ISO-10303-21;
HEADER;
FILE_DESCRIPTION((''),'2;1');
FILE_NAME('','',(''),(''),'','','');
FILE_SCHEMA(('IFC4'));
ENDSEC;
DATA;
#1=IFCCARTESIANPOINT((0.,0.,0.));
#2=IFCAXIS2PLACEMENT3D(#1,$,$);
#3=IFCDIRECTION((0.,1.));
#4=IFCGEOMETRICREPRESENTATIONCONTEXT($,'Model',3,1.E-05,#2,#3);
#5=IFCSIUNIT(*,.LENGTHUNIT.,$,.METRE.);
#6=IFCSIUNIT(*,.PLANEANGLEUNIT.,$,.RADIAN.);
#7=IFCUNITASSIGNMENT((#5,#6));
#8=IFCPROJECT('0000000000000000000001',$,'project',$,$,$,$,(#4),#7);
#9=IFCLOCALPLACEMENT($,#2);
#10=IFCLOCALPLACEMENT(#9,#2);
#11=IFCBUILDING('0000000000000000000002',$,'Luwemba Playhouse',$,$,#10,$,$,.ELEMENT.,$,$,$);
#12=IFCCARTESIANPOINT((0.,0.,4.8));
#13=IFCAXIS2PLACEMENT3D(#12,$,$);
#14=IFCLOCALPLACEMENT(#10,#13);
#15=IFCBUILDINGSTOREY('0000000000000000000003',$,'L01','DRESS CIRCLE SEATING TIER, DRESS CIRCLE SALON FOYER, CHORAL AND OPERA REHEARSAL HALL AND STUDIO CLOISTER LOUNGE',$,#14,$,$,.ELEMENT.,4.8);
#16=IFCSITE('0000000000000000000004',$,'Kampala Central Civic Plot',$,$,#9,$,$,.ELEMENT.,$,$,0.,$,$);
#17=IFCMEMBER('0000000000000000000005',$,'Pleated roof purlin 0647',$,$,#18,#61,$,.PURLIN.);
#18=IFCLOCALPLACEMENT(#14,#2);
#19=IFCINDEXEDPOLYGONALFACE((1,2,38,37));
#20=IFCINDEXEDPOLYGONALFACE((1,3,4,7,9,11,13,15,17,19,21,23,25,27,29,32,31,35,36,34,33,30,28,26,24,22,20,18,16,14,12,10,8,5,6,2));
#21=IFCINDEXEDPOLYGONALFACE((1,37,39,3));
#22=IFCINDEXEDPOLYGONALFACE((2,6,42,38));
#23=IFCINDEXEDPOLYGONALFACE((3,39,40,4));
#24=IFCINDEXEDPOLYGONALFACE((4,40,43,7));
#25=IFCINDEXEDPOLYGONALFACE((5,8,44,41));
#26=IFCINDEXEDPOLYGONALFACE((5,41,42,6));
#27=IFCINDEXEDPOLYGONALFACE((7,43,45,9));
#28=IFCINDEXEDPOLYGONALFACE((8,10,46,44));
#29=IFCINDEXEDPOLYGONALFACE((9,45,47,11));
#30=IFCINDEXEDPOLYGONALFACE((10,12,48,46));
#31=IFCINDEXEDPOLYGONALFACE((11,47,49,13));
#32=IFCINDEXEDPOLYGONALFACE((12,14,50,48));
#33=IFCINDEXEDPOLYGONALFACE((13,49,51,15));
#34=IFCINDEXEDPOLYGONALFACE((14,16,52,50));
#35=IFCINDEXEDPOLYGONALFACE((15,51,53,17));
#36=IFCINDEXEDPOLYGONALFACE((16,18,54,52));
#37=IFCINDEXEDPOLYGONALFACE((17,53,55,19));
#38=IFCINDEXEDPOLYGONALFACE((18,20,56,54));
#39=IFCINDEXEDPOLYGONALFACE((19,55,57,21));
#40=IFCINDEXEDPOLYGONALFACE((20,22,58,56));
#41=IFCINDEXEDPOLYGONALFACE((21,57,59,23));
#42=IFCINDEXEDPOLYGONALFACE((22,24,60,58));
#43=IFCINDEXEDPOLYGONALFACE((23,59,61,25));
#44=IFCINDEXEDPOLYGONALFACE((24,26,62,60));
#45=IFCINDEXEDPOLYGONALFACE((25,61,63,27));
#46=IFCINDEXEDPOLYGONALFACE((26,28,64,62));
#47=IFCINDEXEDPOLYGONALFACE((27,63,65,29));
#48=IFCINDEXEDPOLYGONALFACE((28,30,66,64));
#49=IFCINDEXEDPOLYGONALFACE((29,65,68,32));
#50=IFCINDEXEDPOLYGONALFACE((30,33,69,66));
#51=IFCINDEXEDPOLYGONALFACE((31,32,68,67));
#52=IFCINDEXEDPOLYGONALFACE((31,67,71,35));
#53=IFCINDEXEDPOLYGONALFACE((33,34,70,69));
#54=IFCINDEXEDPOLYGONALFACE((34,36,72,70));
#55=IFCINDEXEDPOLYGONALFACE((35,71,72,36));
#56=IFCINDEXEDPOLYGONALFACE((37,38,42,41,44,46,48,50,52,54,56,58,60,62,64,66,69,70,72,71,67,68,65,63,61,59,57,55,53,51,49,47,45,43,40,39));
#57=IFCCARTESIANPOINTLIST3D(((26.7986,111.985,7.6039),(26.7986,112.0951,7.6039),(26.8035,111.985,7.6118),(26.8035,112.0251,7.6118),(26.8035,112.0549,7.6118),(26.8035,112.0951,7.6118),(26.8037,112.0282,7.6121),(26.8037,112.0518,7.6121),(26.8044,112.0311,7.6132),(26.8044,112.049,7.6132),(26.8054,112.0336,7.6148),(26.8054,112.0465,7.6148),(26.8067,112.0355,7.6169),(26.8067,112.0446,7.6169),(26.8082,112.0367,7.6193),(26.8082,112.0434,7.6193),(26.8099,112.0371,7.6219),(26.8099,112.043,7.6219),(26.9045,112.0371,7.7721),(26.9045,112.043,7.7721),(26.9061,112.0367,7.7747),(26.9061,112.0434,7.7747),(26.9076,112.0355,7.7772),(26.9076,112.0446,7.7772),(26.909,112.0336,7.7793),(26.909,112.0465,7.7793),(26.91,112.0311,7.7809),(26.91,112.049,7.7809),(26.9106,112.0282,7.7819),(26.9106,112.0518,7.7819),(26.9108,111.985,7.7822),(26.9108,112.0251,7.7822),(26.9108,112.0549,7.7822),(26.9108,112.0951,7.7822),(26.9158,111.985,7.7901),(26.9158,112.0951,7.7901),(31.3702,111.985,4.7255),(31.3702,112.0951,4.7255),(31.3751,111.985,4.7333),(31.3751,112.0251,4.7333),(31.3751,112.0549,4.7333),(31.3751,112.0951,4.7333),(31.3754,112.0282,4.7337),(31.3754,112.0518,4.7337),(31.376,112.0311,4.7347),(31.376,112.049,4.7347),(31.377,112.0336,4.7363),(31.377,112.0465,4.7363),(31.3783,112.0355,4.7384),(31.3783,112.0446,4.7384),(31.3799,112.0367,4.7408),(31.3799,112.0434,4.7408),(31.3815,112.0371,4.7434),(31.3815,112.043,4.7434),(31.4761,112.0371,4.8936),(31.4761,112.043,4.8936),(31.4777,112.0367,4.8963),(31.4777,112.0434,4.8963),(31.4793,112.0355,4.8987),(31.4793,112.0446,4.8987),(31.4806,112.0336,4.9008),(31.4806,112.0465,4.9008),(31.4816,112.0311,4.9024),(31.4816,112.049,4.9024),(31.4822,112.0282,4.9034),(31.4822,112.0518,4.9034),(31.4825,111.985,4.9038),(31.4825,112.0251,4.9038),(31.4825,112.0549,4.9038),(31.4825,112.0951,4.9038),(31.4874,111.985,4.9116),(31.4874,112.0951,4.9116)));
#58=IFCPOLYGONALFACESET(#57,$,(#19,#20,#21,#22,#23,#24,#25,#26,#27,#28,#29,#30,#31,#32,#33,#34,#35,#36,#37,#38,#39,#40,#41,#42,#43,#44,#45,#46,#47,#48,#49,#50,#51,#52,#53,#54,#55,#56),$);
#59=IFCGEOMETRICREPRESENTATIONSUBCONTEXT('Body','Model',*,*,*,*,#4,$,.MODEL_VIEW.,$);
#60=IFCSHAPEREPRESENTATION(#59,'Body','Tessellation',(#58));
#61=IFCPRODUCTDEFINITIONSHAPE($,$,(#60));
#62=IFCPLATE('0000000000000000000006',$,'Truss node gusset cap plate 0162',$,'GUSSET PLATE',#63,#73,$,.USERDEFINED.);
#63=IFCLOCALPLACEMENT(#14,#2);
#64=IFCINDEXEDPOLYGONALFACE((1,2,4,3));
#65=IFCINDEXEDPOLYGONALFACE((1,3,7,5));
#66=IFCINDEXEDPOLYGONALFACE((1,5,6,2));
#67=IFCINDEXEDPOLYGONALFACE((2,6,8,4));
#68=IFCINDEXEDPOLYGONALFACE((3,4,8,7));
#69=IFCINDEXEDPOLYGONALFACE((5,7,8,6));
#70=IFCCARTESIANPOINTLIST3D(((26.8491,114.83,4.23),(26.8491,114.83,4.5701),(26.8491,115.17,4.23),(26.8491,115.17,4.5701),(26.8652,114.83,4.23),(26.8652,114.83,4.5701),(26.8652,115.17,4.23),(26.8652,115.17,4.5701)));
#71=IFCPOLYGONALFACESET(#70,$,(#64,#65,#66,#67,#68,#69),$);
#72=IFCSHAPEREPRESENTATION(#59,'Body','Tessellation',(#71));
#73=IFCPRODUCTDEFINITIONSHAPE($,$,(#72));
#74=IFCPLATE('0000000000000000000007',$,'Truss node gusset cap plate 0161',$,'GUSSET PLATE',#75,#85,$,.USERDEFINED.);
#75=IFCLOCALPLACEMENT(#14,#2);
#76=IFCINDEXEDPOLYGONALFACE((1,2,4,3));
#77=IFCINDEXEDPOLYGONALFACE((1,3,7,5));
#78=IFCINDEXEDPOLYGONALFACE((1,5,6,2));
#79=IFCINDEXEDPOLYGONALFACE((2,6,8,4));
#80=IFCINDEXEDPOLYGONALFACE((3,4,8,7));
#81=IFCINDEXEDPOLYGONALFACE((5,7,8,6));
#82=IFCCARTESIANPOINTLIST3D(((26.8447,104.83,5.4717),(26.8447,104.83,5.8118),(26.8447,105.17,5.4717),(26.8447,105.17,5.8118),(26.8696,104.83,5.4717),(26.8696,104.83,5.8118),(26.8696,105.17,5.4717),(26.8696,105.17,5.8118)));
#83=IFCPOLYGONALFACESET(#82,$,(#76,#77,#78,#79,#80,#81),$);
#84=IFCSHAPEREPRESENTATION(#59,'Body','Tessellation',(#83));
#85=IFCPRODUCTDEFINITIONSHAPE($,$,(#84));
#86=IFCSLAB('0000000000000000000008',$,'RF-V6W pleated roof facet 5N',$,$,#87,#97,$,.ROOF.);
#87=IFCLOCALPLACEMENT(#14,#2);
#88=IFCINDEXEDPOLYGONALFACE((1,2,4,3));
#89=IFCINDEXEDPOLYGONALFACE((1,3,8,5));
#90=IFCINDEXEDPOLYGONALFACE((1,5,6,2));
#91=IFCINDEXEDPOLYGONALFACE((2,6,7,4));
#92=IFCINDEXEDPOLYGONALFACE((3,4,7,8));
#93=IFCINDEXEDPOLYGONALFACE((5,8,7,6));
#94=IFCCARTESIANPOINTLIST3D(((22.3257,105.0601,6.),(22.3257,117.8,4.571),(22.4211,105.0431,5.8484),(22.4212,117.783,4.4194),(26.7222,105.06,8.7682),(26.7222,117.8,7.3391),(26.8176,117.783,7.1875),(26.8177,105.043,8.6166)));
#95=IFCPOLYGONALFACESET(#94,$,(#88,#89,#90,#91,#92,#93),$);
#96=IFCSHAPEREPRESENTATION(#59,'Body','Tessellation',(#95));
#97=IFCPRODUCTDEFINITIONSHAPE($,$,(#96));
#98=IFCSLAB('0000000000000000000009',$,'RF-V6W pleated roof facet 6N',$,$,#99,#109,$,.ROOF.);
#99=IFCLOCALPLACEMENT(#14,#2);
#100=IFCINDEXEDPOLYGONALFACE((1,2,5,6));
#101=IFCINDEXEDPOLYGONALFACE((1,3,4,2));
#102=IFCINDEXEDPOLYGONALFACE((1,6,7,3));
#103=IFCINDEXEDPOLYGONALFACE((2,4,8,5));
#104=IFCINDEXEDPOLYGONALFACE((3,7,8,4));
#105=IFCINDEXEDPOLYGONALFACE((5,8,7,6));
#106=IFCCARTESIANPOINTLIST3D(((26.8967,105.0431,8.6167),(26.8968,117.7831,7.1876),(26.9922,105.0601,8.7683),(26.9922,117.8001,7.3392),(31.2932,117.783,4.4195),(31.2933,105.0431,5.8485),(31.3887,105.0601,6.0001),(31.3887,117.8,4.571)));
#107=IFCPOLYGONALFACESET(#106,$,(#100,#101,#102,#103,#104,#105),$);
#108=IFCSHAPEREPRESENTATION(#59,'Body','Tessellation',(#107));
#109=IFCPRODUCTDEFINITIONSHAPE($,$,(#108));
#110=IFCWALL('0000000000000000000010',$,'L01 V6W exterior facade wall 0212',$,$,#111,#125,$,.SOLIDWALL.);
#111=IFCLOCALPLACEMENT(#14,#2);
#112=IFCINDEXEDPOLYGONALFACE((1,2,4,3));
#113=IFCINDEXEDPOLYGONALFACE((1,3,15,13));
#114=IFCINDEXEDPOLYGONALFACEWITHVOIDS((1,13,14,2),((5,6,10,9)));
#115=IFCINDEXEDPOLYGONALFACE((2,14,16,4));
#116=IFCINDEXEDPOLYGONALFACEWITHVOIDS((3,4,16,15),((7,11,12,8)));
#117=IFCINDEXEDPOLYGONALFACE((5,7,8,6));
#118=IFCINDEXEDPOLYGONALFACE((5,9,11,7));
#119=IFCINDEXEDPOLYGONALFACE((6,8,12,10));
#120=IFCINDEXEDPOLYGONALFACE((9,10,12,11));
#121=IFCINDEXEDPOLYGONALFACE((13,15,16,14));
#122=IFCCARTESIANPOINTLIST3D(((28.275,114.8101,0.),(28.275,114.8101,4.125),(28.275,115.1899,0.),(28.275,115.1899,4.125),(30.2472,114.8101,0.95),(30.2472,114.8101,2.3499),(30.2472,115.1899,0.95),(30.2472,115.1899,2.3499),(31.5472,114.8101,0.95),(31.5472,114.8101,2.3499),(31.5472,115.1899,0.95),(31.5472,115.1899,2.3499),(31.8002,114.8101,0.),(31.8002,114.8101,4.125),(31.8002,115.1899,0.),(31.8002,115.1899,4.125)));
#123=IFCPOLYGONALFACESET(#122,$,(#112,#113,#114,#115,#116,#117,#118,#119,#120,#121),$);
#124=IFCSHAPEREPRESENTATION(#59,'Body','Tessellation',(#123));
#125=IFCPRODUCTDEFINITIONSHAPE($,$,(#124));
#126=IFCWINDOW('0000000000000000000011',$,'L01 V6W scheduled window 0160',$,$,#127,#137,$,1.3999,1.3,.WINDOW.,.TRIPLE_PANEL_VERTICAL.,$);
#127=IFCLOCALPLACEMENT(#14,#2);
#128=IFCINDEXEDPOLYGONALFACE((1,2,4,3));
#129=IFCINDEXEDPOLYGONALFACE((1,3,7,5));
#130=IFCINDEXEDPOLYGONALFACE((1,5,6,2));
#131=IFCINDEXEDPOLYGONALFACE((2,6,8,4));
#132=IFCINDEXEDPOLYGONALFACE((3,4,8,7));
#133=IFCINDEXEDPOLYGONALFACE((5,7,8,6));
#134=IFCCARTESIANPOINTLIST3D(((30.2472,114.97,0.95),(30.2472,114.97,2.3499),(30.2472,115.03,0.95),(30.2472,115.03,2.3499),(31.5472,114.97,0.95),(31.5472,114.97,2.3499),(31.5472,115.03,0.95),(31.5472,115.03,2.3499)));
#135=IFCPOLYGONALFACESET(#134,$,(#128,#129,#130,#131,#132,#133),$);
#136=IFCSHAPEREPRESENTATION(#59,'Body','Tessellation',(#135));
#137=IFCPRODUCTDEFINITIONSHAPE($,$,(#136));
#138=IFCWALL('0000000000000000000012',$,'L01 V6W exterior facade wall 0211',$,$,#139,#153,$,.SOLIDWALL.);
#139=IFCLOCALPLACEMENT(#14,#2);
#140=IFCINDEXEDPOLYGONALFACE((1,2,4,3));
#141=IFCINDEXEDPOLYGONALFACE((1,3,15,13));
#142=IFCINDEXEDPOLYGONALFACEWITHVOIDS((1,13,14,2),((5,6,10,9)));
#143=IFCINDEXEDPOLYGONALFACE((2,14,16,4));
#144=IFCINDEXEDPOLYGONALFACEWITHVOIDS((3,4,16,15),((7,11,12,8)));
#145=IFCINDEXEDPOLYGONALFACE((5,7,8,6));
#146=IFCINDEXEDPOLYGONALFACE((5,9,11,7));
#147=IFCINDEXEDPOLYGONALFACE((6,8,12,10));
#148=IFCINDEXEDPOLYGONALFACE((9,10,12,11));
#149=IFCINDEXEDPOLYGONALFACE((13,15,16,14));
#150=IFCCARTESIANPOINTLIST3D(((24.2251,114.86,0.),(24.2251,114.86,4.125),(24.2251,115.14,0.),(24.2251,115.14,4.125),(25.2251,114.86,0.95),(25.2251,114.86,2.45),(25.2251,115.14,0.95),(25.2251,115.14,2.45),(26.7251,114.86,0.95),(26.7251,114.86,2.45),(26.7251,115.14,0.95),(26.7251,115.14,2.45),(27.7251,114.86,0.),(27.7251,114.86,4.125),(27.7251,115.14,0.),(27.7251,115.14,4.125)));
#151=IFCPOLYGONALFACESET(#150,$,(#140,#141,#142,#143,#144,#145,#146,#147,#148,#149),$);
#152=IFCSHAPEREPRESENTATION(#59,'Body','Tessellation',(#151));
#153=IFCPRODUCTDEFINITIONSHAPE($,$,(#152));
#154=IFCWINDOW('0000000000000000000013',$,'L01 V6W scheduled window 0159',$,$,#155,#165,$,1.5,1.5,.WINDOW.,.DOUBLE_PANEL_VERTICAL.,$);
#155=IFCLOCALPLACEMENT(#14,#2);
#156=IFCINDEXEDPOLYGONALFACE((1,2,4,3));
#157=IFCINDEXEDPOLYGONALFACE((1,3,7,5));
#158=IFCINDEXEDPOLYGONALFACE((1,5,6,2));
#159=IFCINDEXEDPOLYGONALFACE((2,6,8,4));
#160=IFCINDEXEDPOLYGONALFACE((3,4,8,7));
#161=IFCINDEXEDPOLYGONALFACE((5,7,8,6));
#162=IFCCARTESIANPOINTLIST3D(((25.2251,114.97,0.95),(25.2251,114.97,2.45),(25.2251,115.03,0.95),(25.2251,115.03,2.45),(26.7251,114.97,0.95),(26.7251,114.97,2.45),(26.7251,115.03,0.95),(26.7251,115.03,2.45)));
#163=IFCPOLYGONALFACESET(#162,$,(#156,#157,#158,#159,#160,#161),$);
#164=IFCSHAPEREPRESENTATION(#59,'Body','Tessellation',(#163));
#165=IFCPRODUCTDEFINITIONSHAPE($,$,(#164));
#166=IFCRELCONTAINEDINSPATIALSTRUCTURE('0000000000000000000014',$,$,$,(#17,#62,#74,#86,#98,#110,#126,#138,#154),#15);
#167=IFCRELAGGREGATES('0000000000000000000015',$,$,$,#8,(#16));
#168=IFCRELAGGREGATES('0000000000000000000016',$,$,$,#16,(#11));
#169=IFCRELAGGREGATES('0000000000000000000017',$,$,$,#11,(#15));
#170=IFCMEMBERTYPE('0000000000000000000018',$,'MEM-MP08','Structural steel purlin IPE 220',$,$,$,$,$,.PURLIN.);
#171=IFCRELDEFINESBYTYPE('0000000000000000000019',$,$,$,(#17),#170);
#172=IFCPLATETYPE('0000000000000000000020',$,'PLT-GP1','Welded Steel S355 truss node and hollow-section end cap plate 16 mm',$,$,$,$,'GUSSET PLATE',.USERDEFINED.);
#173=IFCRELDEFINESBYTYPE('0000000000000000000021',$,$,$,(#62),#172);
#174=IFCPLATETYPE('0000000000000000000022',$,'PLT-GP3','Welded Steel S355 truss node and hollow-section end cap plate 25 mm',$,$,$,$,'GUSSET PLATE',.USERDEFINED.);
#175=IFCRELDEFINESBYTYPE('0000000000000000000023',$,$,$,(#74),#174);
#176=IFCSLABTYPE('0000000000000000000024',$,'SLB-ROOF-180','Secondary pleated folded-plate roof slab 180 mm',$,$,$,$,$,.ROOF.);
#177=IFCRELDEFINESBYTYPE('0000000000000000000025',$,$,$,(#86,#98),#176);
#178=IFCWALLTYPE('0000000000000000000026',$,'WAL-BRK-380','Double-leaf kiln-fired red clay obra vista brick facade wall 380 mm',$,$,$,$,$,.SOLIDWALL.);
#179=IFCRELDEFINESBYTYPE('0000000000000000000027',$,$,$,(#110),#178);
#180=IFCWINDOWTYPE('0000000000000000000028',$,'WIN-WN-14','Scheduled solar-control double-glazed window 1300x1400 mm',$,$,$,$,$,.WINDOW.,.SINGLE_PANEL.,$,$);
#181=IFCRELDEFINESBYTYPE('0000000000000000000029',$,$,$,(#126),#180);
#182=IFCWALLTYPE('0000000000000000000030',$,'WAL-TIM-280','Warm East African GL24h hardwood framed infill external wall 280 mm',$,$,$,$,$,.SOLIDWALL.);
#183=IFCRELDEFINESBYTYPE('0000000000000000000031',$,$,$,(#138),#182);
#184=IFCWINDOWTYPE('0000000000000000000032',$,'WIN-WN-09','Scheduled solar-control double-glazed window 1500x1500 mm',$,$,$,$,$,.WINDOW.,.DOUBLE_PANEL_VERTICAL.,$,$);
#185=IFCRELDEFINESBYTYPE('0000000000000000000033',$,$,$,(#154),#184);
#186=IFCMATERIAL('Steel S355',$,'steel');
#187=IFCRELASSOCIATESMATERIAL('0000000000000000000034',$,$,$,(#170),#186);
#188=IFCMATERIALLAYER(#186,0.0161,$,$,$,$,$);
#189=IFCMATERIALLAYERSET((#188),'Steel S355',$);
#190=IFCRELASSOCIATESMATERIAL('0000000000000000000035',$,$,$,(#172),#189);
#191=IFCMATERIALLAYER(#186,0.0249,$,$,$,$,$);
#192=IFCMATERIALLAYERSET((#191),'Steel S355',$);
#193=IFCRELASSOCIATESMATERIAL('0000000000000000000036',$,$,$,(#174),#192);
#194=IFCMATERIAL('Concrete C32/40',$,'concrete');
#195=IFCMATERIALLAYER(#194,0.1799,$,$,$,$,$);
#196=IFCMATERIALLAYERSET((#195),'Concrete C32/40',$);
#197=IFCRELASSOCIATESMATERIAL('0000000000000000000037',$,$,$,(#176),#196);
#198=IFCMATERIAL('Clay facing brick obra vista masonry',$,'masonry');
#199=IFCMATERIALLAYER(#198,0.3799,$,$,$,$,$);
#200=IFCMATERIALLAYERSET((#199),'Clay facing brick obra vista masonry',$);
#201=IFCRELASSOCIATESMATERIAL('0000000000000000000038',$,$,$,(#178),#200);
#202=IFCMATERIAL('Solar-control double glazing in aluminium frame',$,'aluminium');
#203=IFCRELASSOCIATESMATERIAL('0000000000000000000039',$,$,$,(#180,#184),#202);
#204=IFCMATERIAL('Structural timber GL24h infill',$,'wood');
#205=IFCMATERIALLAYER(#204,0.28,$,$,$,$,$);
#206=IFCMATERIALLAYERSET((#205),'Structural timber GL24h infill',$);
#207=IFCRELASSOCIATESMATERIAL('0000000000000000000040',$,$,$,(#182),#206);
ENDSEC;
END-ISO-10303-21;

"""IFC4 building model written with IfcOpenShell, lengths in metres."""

from ifc_helpers import new_model, si_unit, direction, frame, frame_2d, origin, origin_2d, place, context, subcontext, project, spatial, polyline, rectangle, i_section, outline, extrude, material, layer, layer_set, material_profile, profile_set, type_object, element, fill, save


model = new_model("IFC4")

# Units and contexts
model_context = context("Model", 3, precision=1e-05, world=origin(), true_north=direction((0.0, 1.0)))
body_context = subcontext(model_context, "Body", "Model", "MODEL_VIEW")
ifc_project = project(units=[si_unit("LENGTHUNIT", "METRE"), si_unit("PLANEANGLEUNIT", "RADIAN")], contexts=[model_context])

# Site, building, storey
site_placement = place(None, origin())
site = spatial("IfcSite", under=ifc_project, at=site_placement, Name="Kampala Central Civic Plot", CompositionType="ELEMENT", RefElevation=0.0)
building_placement = place(site_placement, origin())
building = spatial("IfcBuilding", under=site, at=building_placement, Name="Luwemba Playhouse", CompositionType="ELEMENT")
storey_placement = place(building_placement, frame((0.0, 0.0, 4.8)))
storey = spatial("IfcBuildingStorey", under=building, at=storey_placement, Name="L01", Description="DRESS CIRCLE SEATING TIER, DRESS CIRCLE SALON FOYER, CHORAL AND OPERA REHEARSAL HALL AND STUDIO CLOISTER LOUNGE", CompositionType="ELEMENT", Elevation=4.8)

# Shared definitions
ifc_material_1 = material(Name="Steel S355", Category="steel")

# Member
ifc_material_profile_1 = material_profile(ifc_material_1, i_section(OverallWidth=0.1101, OverallDepth=0.22, WebThickness=0.0059, FlangeThickness=0.0093, FilletRadius=0.012, at=origin_2d()))
ifc_profile_set_1 = profile_set([ifc_material_profile_1], Name="Steel S355")
member_type_1 = type_object("IfcMemberType", Name="MEM-MP08", Description="Structural steel purlin IPE 220", PredefinedType="PURLIN", material=ifc_profile_set_1)
member_1_placement = place(storey_placement, frame((26.8572, 112.04, 7.697), z_axis=(0.846229, 0.0, -0.532819), x_axis=(0.0, 1.0, 0.0)))
element("IfcMember", 1, at=member_1_placement, inside=storey, type_object=member_type_1, Name="Pleated roof purlin 0647", PredefinedType="PURLIN", context=body_context, shape_type="SweptSolid", body=[
    extrude(i_section(OverallWidth=0.1101, OverallDepth=0.22, WebThickness=0.0059, FlangeThickness=0.0093, FilletRadius=0.012, at=origin_2d()), origin(), (0.0, 0.0, 1.0), 5.4023),
])

# Plates
ifc_layer_1 = layer(ifc_material_1, 0.0161)
ifc_layer_set_1 = layer_set([ifc_layer_1], Name="Steel S355")
plate_type_1 = type_object("IfcPlateType", Name="PLT-GP1", Description="Welded Steel S355 truss node and hollow-section end cap plate 16 mm", ElementType="GUSSET PLATE", PredefinedType="USERDEFINED", material=ifc_layer_set_1)
plate_1_placement = place(storey_placement, frame((26.8572, 115.0, 4.23), z_axis=(0.0, 0.0, 1.0), x_axis=(1.0, 0.0, 0.0)))
element("IfcPlate", 2, at=plate_1_placement, inside=storey, type_object=plate_type_1, Name="Truss node gusset cap plate 0162", ObjectType="GUSSET PLATE", PredefinedType="USERDEFINED", context=body_context, shape_type="SweptSolid", body=[
    extrude(rectangle(XDim=0.0161, YDim=0.3401, at=origin_2d()), origin(), (0.0, 0.0, 1.0), 0.3401),
])
ifc_layer_2 = layer(ifc_material_1, 0.0249)
ifc_layer_set_2 = layer_set([ifc_layer_2], Name="Steel S355")
plate_type_2 = type_object("IfcPlateType", Name="PLT-GP3", Description="Welded Steel S355 truss node and hollow-section end cap plate 25 mm", ElementType="GUSSET PLATE", PredefinedType="USERDEFINED", material=ifc_layer_set_2)
plate_2_placement = place(storey_placement, frame((26.8572, 105.0, 5.4717), z_axis=(0.0, 0.0, 1.0), x_axis=(1.0, 0.0, 0.0)))
element("IfcPlate", 3, at=plate_2_placement, inside=storey, type_object=plate_type_2, Name="Truss node gusset cap plate 0161", ObjectType="GUSSET PLATE", PredefinedType="USERDEFINED", context=body_context, shape_type="SweptSolid", body=[
    extrude(rectangle(XDim=0.0249, YDim=0.3401, at=origin_2d()), origin(), (0.0, 0.0, 1.0), 0.3401),
])

# Slabs
ifc_material_2 = material(Name="Concrete C32/40", Category="concrete")
ifc_layer_3 = layer(ifc_material_2, 0.1799)
ifc_layer_set_3 = layer_set([ifc_layer_3], Name="Concrete C32/40")
slab_type = type_object("IfcSlabType", Name="SLB-ROOF-180", Description="Secondary pleated folded-plate roof slab 180 mm", PredefinedType="ROOF", material=ifc_layer_set_3)
slab_1_placement = place(storey_placement, frame((22.3257, 105.0601, 6.0), z_axis=(-0.530433, 0.094499, 0.842443), x_axis=(0.84623, -0.000002, 0.532818)))
element("IfcSlab", 4, at=slab_1_placement, inside=storey, type_object=slab_type, Name="RF-V6W pleated roof facet 5N", PredefinedType="ROOF", context=body_context, shape_type="SweptSolid", body=[
    extrude(outline(polyline([(0.0, 0.0), (5.1954, 0.0), (4.4339, 12.7973), (-0.7614, 12.7972), (0.0, 0.0)])), origin(), (0.0, 0.0, -1.0), 0.1799),
])
slab_2_placement = place(storey_placement, frame((26.9922, 105.0601, 8.7683), z_axis=(0.530433, 0.094499, 0.842443), x_axis=(0.84623, 0.000002, -0.532818)))
element("IfcSlab", 5, at=slab_2_placement, inside=storey, type_object=slab_type, Name="RF-V6W pleated roof facet 6N", PredefinedType="ROOF", context=body_context, shape_type="SweptSolid", body=[
    extrude(outline(polyline([(0.0, 0.0), (5.1954, 0.0), (5.9568, 12.7972), (0.7615, 12.7973), (0.0, 0.0)])), origin(), (0.0, 0.0, -1.0), 0.1799),
])

# Walls, openings, windows
ifc_material_3 = material(Name="Clay facing brick obra vista masonry", Category="masonry")
ifc_layer_4 = layer(ifc_material_3, 0.3799)
ifc_layer_set_4 = layer_set([ifc_layer_4], Name="Clay facing brick obra vista masonry")
wall_type_1 = type_object("IfcWallType", Name="WAL-BRK-380", Description="Double-leaf kiln-fired red clay obra vista brick facade wall 380 mm", PredefinedType="SOLIDWALL", material=ifc_layer_set_4)
wall_1_placement = place(storey_placement, frame((28.2749, 115.0, 0.0), z_axis=(0.0, 0.0, 1.0), x_axis=(1.0, 0.0, 0.0)))
wall_1 = element("IfcWall", 6, at=wall_1_placement, inside=storey, type_object=wall_type_1, Name="L01 V6W exterior facade wall 0212", PredefinedType="SOLIDWALL", context=body_context, shape_type="SweptSolid", body=[
    extrude(rectangle(XDim=3.5251, YDim=0.3799, at=frame_2d((1.7627, 0.0))), origin(), (0.0, 0.0, 1.0), 4.125),
])
opening_1_placement = place(wall_1_placement, frame((1.9724, 0.0, 0.95)))
opening_1 = element("IfcOpeningElement", 7, at=opening_1_placement, cuts=wall_1, PredefinedType="OPENING", context=body_context, shape_type="SweptSolid", body=[
    extrude(rectangle(XDim=1.3, YDim=1.3999, at=frame_2d((0.6499, 0.7))), frame((0.0, 0.2, 0.0), z_axis=(0.0, -1.0, 0.0), x_axis=(1.0, 0.0, 0.0)), (0.0, 0.0, 1.0), 0.3999),
])
ifc_material_4 = material(Name="Solar-control double glazing in aluminium frame", Category="aluminium")
window_type_1 = type_object("IfcWindowType", Name="WIN-WN-14", Description="Scheduled solar-control double-glazed window 1300x1400 mm", PartitioningType="SINGLE_PANEL", PredefinedType="WINDOW", material=ifc_material_4)
window_1_placement = place(opening_1_placement, origin())
window_1 = element("IfcWindow", 8, at=window_1_placement, inside=storey, type_object=window_type_1, Name="L01 V6W scheduled window 0160", OverallHeight=1.3999, OverallWidth=1.3, PartitioningType="TRIPLE_PANEL_VERTICAL", PredefinedType="WINDOW", context=body_context, shape_type="SweptSolid", body=[
    extrude(rectangle(XDim=1.3, YDim=1.3999, at=frame_2d((0.6499, 0.7))), frame((0.0, 0.03, 0.0), z_axis=(0.0, -1.0, 0.0), x_axis=(1.0, 0.0, 0.0)), (0.0, 0.0, 1.0), 0.0601),
])
fill(opening_1, window_1)
ifc_material_5 = material(Name="Structural timber GL24h infill", Category="wood")
ifc_layer_5 = layer(ifc_material_5, 0.28)
ifc_layer_set_5 = layer_set([ifc_layer_5], Name="Structural timber GL24h infill")
wall_type_2 = type_object("IfcWallType", Name="WAL-TIM-280", Description="Warm East African GL24h hardwood framed infill external wall 280 mm", PredefinedType="SOLIDWALL", material=ifc_layer_set_5)
wall_2_placement = place(storey_placement, frame((24.2251, 115.0, 0.0), z_axis=(0.0, 0.0, 1.0), x_axis=(1.0, 0.0, 0.0)))
wall_2 = element("IfcWall", 9, at=wall_2_placement, inside=storey, type_object=wall_type_2, Name="L01 V6W exterior facade wall 0211", PredefinedType="SOLIDWALL", context=body_context, shape_type="SweptSolid", body=[
    extrude(rectangle(XDim=3.5, YDim=0.28, at=frame_2d((1.75, 0.0))), origin(), (0.0, 0.0, 1.0), 4.125),
])
opening_2_placement = place(wall_2_placement, frame((1.0, 0.0, 0.95)))
opening_2 = element("IfcOpeningElement", 10, at=opening_2_placement, cuts=wall_2, PredefinedType="OPENING", context=body_context, shape_type="SweptSolid", body=[
    extrude(rectangle(XDim=1.5, YDim=1.5, at=frame_2d((0.75, 0.75))), frame((0.0, 0.1499, 0.0), z_axis=(0.0, -1.0, 0.0), x_axis=(1.0, 0.0, 0.0)), (0.0, 0.0, 1.0), 0.3),
])
window_type_2 = type_object("IfcWindowType", Name="WIN-WN-09", Description="Scheduled solar-control double-glazed window 1500x1500 mm", PartitioningType="DOUBLE_PANEL_VERTICAL", PredefinedType="WINDOW", material=ifc_material_4)
window_2_placement = place(opening_2_placement, origin())
window_2 = element("IfcWindow", 11, at=window_2_placement, inside=storey, type_object=window_type_2, Name="L01 V6W scheduled window 0159", OverallHeight=1.5, OverallWidth=1.5, PartitioningType="DOUBLE_PANEL_VERTICAL", PredefinedType="WINDOW", context=body_context, shape_type="SweptSolid", body=[
    extrude(rectangle(XDim=1.5, YDim=1.5, at=frame_2d((0.75, 0.75))), frame((0.0, 0.03, 0.0), z_axis=(0.0, -1.0, 0.0), x_axis=(1.0, 0.0, 0.0)), (0.0, 0.0, 1.0), 0.0601),
])
fill(opening_2, window_2)

save(model, "model.ifc")
